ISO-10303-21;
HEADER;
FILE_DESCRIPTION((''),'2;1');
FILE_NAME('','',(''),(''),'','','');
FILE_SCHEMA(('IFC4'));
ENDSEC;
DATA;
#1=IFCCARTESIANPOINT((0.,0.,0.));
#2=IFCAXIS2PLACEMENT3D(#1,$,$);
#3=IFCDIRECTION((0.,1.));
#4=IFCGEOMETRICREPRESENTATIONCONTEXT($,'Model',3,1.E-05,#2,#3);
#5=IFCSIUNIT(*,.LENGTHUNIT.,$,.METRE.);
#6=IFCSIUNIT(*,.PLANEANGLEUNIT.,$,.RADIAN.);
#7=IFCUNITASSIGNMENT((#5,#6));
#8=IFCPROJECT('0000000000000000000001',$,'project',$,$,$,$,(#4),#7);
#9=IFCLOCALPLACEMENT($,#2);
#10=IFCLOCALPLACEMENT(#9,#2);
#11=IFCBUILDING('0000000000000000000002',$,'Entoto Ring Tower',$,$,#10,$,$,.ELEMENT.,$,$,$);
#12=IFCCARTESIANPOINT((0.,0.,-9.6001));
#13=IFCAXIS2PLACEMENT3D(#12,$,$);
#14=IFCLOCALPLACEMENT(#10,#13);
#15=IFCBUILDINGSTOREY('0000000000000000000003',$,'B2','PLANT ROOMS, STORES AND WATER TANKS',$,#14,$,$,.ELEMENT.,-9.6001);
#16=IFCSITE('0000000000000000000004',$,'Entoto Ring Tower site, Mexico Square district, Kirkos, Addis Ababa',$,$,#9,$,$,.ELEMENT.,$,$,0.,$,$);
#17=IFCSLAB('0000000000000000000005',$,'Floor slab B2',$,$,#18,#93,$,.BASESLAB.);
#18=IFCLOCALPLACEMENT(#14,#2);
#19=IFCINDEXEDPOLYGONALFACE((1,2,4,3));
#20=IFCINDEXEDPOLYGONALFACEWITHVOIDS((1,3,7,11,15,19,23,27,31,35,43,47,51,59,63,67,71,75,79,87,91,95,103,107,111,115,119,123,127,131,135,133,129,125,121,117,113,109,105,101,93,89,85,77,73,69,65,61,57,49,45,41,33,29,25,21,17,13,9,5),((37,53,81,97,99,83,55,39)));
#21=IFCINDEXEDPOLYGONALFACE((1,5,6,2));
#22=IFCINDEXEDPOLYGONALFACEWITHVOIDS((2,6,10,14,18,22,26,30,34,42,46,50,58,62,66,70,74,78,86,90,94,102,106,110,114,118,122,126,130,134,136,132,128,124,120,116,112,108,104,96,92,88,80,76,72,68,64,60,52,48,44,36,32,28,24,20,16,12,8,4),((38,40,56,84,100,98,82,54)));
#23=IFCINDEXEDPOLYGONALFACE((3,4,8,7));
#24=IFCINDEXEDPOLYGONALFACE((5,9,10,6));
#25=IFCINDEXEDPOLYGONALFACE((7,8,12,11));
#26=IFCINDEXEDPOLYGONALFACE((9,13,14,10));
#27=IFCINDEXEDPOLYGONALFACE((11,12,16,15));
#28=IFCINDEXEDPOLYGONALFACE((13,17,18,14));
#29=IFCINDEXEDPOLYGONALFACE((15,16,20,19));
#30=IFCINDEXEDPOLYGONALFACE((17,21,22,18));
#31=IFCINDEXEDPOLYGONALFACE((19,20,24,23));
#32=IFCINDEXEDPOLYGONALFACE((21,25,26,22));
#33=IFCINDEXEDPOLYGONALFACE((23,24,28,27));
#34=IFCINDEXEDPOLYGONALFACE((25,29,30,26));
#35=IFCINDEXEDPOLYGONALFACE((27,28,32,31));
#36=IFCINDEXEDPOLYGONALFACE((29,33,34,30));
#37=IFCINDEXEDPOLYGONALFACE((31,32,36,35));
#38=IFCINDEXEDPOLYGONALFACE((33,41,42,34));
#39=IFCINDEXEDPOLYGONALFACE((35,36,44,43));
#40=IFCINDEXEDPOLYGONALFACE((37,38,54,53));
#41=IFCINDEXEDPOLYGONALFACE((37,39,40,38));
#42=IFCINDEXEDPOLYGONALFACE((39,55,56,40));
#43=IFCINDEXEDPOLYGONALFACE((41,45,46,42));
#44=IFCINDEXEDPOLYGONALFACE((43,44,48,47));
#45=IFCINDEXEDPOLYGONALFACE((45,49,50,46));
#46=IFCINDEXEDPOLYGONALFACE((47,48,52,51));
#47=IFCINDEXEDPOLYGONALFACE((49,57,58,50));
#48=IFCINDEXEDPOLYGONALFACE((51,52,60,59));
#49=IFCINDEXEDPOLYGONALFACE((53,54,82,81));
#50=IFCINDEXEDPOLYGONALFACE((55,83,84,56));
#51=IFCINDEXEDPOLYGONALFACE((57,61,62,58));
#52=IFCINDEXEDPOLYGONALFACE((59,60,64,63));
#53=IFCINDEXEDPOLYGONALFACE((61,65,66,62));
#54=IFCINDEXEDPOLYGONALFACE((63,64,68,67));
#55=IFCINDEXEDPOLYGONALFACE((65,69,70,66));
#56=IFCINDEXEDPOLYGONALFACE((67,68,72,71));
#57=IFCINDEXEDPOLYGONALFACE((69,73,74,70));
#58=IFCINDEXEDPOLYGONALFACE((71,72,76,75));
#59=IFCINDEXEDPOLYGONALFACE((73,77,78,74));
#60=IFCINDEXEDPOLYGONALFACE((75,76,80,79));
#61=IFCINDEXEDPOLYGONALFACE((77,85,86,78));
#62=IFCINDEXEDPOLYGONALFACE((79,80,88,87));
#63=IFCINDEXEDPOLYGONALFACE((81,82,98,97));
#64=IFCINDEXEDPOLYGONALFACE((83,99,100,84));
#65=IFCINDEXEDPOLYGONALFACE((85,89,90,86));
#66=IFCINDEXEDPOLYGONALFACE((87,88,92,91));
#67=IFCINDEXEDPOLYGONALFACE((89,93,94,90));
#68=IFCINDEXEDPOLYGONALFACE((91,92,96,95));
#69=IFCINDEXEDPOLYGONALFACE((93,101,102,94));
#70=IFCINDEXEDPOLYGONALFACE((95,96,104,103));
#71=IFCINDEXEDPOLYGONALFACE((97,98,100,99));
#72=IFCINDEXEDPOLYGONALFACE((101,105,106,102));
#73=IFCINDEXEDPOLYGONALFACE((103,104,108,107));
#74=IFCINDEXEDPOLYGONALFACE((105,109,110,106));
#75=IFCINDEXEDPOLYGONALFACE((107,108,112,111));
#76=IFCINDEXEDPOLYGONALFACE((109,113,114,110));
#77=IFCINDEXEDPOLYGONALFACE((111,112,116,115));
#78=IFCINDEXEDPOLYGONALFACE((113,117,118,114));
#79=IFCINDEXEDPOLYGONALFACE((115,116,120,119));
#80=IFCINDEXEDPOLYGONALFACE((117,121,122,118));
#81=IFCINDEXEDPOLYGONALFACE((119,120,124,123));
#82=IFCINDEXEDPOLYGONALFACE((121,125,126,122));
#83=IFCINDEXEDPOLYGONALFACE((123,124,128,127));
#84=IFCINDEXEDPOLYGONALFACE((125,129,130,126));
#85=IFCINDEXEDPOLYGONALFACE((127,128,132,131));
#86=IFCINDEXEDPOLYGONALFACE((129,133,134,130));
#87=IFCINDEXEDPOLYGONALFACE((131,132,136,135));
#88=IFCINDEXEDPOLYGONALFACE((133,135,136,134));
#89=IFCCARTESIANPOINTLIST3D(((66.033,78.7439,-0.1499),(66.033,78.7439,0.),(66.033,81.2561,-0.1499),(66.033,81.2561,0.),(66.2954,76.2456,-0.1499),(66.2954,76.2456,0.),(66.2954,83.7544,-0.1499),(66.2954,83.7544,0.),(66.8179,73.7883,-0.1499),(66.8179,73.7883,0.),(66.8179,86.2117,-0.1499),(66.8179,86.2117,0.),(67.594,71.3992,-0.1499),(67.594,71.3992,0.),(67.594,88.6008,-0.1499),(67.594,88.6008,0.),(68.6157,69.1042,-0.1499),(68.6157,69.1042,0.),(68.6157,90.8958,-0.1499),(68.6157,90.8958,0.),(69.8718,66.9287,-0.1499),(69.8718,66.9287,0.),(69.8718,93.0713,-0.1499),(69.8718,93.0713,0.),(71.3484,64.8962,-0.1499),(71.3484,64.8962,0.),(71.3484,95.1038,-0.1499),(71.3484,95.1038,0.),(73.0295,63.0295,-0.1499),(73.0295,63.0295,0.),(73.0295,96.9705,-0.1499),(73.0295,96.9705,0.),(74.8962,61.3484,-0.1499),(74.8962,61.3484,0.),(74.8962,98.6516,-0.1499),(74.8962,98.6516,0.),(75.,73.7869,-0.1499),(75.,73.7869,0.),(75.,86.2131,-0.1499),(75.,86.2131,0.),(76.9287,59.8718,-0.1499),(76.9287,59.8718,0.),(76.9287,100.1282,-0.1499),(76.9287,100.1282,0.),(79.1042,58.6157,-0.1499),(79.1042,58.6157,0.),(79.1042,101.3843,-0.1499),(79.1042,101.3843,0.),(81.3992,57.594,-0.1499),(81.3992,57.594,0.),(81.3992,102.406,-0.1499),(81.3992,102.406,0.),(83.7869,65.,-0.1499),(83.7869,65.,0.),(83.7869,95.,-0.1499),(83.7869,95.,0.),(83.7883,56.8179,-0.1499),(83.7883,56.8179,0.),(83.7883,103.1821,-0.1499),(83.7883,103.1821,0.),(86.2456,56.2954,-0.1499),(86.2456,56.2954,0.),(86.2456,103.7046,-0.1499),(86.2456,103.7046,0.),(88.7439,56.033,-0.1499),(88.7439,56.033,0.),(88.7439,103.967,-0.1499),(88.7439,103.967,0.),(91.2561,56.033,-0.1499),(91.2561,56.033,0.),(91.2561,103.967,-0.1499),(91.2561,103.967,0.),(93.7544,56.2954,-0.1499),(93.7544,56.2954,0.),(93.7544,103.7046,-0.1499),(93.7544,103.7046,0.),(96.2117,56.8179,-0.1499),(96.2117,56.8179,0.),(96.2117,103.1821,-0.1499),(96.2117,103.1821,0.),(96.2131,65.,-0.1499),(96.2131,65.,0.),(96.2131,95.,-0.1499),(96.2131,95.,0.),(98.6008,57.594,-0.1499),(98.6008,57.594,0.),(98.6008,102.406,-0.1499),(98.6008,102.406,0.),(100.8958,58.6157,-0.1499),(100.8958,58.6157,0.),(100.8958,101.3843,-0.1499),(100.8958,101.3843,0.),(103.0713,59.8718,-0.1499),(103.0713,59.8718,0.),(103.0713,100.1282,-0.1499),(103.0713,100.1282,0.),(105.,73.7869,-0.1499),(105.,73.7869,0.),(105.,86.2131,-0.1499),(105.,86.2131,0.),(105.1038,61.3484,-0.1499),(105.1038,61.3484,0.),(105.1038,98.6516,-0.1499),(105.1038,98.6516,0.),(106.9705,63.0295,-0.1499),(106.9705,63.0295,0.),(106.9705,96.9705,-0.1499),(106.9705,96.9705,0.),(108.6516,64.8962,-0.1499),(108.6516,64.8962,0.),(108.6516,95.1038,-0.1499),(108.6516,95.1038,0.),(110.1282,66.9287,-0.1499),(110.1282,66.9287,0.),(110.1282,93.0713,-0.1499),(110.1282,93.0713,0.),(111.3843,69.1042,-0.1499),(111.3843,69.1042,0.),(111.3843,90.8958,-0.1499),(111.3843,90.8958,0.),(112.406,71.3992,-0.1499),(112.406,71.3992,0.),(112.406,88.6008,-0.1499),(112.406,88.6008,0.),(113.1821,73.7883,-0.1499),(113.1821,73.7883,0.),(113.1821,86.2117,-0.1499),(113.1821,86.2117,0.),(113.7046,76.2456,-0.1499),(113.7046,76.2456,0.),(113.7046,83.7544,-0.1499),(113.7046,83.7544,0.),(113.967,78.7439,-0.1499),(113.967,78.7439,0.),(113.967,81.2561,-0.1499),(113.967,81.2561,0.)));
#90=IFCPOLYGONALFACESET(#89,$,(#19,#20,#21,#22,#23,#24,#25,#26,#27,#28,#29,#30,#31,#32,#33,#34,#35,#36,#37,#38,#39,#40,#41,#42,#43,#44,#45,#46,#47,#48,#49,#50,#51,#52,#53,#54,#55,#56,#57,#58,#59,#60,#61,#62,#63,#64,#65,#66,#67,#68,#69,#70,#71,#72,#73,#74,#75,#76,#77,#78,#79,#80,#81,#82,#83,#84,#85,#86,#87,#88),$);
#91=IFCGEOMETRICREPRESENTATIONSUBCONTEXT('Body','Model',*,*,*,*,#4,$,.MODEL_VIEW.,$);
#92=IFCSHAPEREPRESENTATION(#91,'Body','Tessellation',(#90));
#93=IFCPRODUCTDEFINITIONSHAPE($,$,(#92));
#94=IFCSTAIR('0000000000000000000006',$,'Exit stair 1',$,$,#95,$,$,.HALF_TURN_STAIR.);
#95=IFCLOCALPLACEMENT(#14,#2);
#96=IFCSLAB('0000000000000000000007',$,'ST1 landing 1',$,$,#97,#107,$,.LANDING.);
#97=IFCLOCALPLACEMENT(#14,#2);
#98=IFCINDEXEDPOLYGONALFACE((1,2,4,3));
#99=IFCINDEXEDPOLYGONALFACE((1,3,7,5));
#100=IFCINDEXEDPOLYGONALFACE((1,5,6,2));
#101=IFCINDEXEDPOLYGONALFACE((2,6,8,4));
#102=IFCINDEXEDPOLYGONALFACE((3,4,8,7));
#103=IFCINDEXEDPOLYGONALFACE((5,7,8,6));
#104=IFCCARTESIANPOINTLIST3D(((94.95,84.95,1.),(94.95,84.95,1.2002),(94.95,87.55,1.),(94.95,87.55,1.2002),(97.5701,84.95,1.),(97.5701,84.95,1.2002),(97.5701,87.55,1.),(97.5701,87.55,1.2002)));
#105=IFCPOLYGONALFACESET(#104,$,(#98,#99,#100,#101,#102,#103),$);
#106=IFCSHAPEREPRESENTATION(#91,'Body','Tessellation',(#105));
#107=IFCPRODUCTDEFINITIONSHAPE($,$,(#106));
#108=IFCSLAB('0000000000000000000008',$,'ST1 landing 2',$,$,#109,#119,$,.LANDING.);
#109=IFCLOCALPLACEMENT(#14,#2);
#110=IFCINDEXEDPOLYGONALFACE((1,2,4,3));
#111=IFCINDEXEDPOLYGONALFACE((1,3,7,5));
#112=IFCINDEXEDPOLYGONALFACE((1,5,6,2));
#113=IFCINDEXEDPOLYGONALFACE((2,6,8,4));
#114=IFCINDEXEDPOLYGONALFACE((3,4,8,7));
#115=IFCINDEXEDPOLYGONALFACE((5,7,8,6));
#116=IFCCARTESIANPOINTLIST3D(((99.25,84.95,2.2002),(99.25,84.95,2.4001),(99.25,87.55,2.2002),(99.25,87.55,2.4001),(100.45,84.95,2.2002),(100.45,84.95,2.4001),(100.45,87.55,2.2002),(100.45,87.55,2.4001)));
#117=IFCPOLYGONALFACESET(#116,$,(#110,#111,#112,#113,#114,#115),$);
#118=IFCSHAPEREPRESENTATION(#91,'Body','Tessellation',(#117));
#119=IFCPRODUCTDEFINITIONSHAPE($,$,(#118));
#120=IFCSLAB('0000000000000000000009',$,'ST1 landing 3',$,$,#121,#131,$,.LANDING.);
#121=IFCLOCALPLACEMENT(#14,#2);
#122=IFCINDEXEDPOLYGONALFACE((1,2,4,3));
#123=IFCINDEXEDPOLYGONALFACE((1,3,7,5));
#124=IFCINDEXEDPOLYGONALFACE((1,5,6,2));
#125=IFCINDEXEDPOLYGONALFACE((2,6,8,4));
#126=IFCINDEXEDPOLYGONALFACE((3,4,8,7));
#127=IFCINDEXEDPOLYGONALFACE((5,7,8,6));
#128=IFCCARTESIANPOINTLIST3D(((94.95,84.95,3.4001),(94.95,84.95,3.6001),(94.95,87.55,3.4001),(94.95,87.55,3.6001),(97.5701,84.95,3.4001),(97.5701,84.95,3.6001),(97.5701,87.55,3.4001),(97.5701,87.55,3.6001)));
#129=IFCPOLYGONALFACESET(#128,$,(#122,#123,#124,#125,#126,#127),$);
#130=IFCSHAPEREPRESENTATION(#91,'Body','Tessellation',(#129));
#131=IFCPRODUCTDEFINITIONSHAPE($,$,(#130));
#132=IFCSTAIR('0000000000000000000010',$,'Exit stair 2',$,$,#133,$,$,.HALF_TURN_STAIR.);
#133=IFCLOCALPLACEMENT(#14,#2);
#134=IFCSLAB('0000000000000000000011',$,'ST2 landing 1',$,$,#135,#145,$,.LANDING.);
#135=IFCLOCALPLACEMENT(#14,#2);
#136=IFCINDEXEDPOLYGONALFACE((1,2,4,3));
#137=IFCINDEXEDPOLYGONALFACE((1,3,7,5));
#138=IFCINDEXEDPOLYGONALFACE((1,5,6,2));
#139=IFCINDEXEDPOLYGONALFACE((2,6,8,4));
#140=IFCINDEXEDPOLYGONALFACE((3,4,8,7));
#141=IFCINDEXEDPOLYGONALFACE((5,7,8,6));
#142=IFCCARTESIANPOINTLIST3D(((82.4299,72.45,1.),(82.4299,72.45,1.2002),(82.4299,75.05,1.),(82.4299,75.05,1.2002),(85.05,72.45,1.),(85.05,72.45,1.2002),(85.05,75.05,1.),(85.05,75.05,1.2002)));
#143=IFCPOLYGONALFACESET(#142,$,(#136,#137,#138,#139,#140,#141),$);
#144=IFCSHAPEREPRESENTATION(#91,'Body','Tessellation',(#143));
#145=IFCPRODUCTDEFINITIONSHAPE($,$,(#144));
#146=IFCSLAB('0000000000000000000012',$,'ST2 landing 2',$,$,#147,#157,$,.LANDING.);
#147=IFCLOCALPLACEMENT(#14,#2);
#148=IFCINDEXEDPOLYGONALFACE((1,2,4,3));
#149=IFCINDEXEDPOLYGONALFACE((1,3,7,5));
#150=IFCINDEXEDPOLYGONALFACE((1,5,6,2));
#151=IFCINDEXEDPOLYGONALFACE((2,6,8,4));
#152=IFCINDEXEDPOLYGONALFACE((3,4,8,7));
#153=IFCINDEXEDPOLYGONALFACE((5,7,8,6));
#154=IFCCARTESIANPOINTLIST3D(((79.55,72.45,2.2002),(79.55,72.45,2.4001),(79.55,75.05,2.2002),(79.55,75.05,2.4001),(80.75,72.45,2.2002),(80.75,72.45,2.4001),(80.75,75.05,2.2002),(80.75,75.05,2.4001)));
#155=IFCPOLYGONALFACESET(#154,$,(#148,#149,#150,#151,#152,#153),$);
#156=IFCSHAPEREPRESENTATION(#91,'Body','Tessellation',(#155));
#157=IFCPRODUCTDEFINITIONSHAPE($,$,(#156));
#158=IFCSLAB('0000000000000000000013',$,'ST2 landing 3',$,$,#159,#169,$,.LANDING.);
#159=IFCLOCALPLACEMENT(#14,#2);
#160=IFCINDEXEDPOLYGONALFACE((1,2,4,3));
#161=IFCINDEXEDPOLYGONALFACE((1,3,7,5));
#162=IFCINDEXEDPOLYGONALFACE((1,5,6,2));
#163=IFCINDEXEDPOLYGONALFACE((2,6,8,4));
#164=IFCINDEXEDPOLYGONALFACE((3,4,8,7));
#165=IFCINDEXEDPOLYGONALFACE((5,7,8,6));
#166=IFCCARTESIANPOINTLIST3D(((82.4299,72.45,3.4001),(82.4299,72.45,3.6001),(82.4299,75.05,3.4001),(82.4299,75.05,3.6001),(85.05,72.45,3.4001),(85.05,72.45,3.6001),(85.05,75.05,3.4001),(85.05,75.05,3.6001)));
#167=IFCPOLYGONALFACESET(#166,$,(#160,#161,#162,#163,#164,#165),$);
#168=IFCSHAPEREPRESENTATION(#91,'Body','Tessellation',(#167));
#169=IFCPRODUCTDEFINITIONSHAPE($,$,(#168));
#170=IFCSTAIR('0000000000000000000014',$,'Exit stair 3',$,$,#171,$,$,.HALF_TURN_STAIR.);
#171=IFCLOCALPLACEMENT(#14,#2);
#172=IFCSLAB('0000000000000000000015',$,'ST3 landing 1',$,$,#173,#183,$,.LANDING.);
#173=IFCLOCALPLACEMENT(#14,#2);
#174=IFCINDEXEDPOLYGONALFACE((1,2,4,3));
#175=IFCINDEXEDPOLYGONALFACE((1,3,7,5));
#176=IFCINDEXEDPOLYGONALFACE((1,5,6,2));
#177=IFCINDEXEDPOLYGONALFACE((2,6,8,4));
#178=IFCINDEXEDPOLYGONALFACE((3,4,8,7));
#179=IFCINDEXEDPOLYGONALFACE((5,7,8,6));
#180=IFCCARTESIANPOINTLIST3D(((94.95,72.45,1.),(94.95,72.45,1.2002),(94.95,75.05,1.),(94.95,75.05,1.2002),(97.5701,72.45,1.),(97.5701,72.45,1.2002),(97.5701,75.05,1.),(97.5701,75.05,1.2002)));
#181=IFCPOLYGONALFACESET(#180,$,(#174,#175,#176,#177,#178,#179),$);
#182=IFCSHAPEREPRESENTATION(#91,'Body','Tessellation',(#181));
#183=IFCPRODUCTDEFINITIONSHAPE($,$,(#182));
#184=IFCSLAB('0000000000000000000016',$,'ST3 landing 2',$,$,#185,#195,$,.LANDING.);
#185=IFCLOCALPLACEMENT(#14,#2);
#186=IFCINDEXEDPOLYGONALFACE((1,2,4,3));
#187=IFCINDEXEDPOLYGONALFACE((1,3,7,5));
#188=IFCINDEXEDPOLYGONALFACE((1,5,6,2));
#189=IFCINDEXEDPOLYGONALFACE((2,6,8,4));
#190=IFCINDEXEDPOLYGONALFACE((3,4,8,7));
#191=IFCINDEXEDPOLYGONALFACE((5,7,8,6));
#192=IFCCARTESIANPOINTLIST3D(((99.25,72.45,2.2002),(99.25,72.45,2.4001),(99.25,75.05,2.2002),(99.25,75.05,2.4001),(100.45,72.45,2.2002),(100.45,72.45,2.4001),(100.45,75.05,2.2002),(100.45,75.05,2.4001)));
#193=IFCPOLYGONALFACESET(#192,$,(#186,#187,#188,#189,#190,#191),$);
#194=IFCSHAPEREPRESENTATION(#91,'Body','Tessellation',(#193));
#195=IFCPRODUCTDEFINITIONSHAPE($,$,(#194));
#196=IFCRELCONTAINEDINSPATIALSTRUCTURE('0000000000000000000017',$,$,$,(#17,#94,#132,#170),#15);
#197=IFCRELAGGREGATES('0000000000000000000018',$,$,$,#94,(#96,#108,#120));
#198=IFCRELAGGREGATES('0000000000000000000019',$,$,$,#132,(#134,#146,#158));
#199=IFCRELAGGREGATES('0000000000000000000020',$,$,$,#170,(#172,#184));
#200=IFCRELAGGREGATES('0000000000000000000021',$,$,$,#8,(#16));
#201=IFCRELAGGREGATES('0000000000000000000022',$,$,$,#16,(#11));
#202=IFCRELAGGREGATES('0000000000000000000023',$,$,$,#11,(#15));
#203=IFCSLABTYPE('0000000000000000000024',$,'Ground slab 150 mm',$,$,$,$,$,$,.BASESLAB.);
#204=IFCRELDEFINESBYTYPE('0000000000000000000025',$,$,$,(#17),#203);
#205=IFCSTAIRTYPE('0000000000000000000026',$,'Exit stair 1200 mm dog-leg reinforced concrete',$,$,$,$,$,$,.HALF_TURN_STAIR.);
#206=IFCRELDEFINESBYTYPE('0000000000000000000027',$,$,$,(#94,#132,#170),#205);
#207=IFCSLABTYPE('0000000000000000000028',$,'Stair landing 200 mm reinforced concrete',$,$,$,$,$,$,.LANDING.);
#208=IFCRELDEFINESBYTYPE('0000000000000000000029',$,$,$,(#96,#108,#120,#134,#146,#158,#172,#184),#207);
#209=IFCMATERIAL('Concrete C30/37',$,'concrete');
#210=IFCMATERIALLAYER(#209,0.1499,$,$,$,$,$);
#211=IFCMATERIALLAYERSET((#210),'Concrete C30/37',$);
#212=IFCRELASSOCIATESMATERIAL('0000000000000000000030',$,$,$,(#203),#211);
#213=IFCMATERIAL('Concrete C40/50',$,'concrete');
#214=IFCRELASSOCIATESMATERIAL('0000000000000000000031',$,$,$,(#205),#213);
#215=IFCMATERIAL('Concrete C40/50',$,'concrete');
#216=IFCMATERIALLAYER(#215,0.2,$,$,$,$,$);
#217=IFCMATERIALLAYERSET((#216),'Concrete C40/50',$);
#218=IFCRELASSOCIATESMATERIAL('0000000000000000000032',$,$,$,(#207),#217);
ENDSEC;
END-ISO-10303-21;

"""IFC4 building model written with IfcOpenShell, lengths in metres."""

from ifc_helpers import new_model, si_unit, direction, frame, origin, place, context, subcontext, project, spatial, polyline, outline, extrude, material, layer, layer_set, type_object, element, aggregate, save


model = new_model("IFC4")

# Units and contexts
model_context = context("Model", 3, precision=1e-05, world=origin(), true_north=direction((0.0, 1.0)))
body_context = subcontext(model_context, "Body", "Model", "MODEL_VIEW")
ifc_project = project(units=[si_unit("LENGTHUNIT", "METRE"), si_unit("PLANEANGLEUNIT", "RADIAN")], contexts=[model_context])

# Site, building, storey
site_placement = place(None, origin())
site = spatial("IfcSite", under=ifc_project, at=site_placement, Name="Entoto Ring Tower site, Mexico Square district, Kirkos, Addis Ababa", CompositionType="ELEMENT", RefElevation=0.0)
building_placement = place(site_placement, origin())
building = spatial("IfcBuilding", under=site, at=building_placement, Name="Entoto Ring Tower", CompositionType="ELEMENT")
storey_placement = place(building_placement, frame((0.0, 0.0, -9.6001)))
storey = spatial("IfcBuildingStorey", under=building, at=storey_placement, Name="B2", Description="PLANT ROOMS, STORES AND WATER TANKS", CompositionType="ELEMENT", Elevation=-9.6001)

# Slab
ifc_material_1 = material(Name="Concrete C30/37", Category="concrete")
ifc_layer_1 = layer(ifc_material_1, 0.1499)
ifc_layer_set_1 = layer_set([ifc_layer_1], Name="Concrete C30/37")
slab_type_1 = type_object("IfcSlabType", Name="Ground slab 150 mm", PredefinedType="BASESLAB", material=ifc_layer_set_1)
slab_1_placement = place(storey_placement, frame((0.0, 0.0, -0.1499)))
element("IfcSlab", 1, at=slab_1_placement, inside=storey, type_object=slab_type_1, Name="Floor slab B2", PredefinedType="BASESLAB", context=body_context, shape_type="SweptSolid", body=[
    extrude(outline(polyline([(113.7046, 83.7544), (113.1821, 86.2117), (112.406, 88.6008), (111.3843, 90.8958), (110.1282, 93.0713), (108.6516, 95.1038), (106.9705, 96.9705), (105.1038, 98.6516), (103.0713, 100.1282), (100.8958, 101.3843), (98.6008, 102.406), (96.2117, 103.1821), (93.7544, 103.7046), (91.2561, 103.967), (88.7439, 103.967), (86.2456, 103.7046), (83.7883, 103.1821), (81.3992, 102.406), (79.1042, 101.3843), (76.9287, 100.1282), (74.8962, 98.6516), (73.0295, 96.9705), (71.3484, 95.1038), (69.8718, 93.0713), (68.6157, 90.8958), (67.594, 88.6008), (66.8179, 86.2117), (66.2954, 83.7544), (66.033, 81.2561), (66.033, 78.7439), (66.2954, 76.2456), (66.8179, 73.7883), (67.594, 71.3992), (68.6157, 69.1042), (69.8718, 66.9287), (71.3484, 64.8962), (73.0295, 63.0295), (74.8962, 61.3484), (76.9287, 59.8718), (79.1042, 58.6157), (81.3992, 57.594), (83.7883, 56.8179), (86.2456, 56.2954), (88.7439, 56.033), (91.2561, 56.033), (93.7544, 56.2954), (96.2117, 56.8179), (98.6008, 57.594), (100.8958, 58.6157), (103.0713, 59.8718), (105.1038, 61.3484), (106.9705, 63.0295), (108.6516, 64.8962), (110.1282, 66.9287), (111.3843, 69.1042), (112.406, 71.3992), (113.1821, 73.7883), (113.7046, 76.2456), (113.967, 78.7439), (113.967, 81.2561), (113.7046, 83.7544)]), holes=[polyline([(105.0, 73.7869), (105.0, 86.2131), (96.2131, 95.0), (83.7869, 95.0), (75.0, 86.2131), (75.0, 73.7869), (83.7869, 65.0), (96.2131, 65.0), (105.0, 73.7869)])]), origin(), (0.0, 0.0, 1.0), 0.1499),
])

# Stairs, slabs
ifc_material_2 = material(Name="Concrete C40/50", Category="concrete")
stair_type = type_object("IfcStairType", Name="Exit stair 1200 mm dog-leg reinforced concrete", PredefinedType="HALF_TURN_STAIR", material=ifc_material_2)
stair_1_placement = place(storey_placement, origin())
stair_1 = element("IfcStair", 2, at=stair_1_placement, inside=storey, type_object=stair_type, Name="Exit stair 1", PredefinedType="HALF_TURN_STAIR")
ifc_material_3 = material(Name="Concrete C40/50", Category="concrete")
ifc_layer_2 = layer(ifc_material_3, 0.2)
ifc_layer_set_2 = layer_set([ifc_layer_2], Name="Concrete C40/50")
slab_type_2 = type_object("IfcSlabType", Name="Stair landing 200 mm reinforced concrete", PredefinedType="LANDING", material=ifc_layer_set_2)
slab_2_placement = place(storey_placement, frame((0.0, 0.0, 1.0)))
slab_2 = element("IfcSlab", 3, at=slab_2_placement, type_object=slab_type_2, Name="ST1 landing 1", PredefinedType="LANDING", context=body_context, shape_type="SweptSolid", body=[
    extrude(outline(polyline([(94.95, 84.95), (97.5701, 84.95), (97.5701, 87.55), (94.95, 87.55), (94.95, 84.95)])), origin(), (0.0, 0.0, 1.0), 0.2002),
])
slab_3_placement = place(storey_placement, frame((0.0, 0.0, 2.2002)))
slab_3 = element("IfcSlab", 4, at=slab_3_placement, type_object=slab_type_2, Name="ST1 landing 2", PredefinedType="LANDING", context=body_context, shape_type="SweptSolid", body=[
    extrude(outline(polyline([(99.25, 84.95), (100.45, 84.95), (100.45, 87.55), (99.25, 87.55), (99.25, 84.95)])), origin(), (0.0, 0.0, 1.0), 0.2),
])
slab_4_placement = place(storey_placement, frame((0.0, 0.0, 3.4001)))
slab_4 = element("IfcSlab", 5, at=slab_4_placement, type_object=slab_type_2, Name="ST1 landing 3", PredefinedType="LANDING", context=body_context, shape_type="SweptSolid", body=[
    extrude(outline(polyline([(94.95, 84.95), (97.5701, 84.95), (97.5701, 87.55), (94.95, 87.55), (94.95, 84.95)])), origin(), (0.0, 0.0, 1.0), 0.2),
])
aggregate(stair_1, [slab_2, slab_3, slab_4])
stair_2_placement = place(storey_placement, origin())
stair_2 = element("IfcStair", 6, at=stair_2_placement, inside=storey, type_object=stair_type, Name="Exit stair 2", PredefinedType="HALF_TURN_STAIR")
slab_5_placement = place(storey_placement, frame((0.0, 0.0, 1.0)))
slab_5 = element("IfcSlab", 7, at=slab_5_placement, type_object=slab_type_2, Name="ST2 landing 1", PredefinedType="LANDING", context=body_context, shape_type="SweptSolid", body=[
    extrude(outline(polyline([(82.4299, 72.45), (85.05, 72.45), (85.05, 75.05), (82.4299, 75.05), (82.4299, 72.45)])), origin(), (0.0, 0.0, 1.0), 0.2002),
])
slab_6_placement = place(storey_placement, frame((0.0, 0.0, 2.2002)))
slab_6 = element("IfcSlab", 8, at=slab_6_placement, type_object=slab_type_2, Name="ST2 landing 2", PredefinedType="LANDING", context=body_context, shape_type="SweptSolid", body=[
    extrude(outline(polyline([(79.55, 72.45), (80.75, 72.45), (80.75, 75.05), (79.55, 75.05), (79.55, 72.45)])), origin(), (0.0, 0.0, 1.0), 0.2),
])
slab_7_placement = place(storey_placement, frame((0.0, 0.0, 3.4001)))
slab_7 = element("IfcSlab", 9, at=slab_7_placement, type_object=slab_type_2, Name="ST2 landing 3", PredefinedType="LANDING", context=body_context, shape_type="SweptSolid", body=[
    extrude(outline(polyline([(82.4299, 72.45), (85.05, 72.45), (85.05, 75.05), (82.4299, 75.05), (82.4299, 72.45)])), origin(), (0.0, 0.0, 1.0), 0.2),
])
aggregate(stair_2, [slab_5, slab_6, slab_7])
stair_3_placement = place(storey_placement, origin())
stair_3 = element("IfcStair", 10, at=stair_3_placement, inside=storey, type_object=stair_type, Name="Exit stair 3", PredefinedType="HALF_TURN_STAIR")
slab_8_placement = place(storey_placement, frame((0.0, 0.0, 1.0)))
slab_8 = element("IfcSlab", 11, at=slab_8_placement, type_object=slab_type_2, Name="ST3 landing 1", PredefinedType="LANDING", context=body_context, shape_type="SweptSolid", body=[
    extrude(outline(polyline([(94.95, 72.45), (97.5701, 72.45), (97.5701, 75.05), (94.95, 75.05), (94.95, 72.45)])), origin(), (0.0, 0.0, 1.0), 0.2002),
])
slab_9_placement = place(storey_placement, frame((0.0, 0.0, 2.2002)))
slab_9 = element("IfcSlab", 12, at=slab_9_placement, type_object=slab_type_2, Name="ST3 landing 2", PredefinedType="LANDING", context=body_context, shape_type="SweptSolid", body=[
    extrude(outline(polyline([(99.25, 72.45), (100.45, 72.45), (100.45, 75.05), (99.25, 75.05), (99.25, 72.45)])), origin(), (0.0, 0.0, 1.0), 0.2),
])
aggregate(stair_3, [slab_8, slab_9])

save(model, "model.ifc")
